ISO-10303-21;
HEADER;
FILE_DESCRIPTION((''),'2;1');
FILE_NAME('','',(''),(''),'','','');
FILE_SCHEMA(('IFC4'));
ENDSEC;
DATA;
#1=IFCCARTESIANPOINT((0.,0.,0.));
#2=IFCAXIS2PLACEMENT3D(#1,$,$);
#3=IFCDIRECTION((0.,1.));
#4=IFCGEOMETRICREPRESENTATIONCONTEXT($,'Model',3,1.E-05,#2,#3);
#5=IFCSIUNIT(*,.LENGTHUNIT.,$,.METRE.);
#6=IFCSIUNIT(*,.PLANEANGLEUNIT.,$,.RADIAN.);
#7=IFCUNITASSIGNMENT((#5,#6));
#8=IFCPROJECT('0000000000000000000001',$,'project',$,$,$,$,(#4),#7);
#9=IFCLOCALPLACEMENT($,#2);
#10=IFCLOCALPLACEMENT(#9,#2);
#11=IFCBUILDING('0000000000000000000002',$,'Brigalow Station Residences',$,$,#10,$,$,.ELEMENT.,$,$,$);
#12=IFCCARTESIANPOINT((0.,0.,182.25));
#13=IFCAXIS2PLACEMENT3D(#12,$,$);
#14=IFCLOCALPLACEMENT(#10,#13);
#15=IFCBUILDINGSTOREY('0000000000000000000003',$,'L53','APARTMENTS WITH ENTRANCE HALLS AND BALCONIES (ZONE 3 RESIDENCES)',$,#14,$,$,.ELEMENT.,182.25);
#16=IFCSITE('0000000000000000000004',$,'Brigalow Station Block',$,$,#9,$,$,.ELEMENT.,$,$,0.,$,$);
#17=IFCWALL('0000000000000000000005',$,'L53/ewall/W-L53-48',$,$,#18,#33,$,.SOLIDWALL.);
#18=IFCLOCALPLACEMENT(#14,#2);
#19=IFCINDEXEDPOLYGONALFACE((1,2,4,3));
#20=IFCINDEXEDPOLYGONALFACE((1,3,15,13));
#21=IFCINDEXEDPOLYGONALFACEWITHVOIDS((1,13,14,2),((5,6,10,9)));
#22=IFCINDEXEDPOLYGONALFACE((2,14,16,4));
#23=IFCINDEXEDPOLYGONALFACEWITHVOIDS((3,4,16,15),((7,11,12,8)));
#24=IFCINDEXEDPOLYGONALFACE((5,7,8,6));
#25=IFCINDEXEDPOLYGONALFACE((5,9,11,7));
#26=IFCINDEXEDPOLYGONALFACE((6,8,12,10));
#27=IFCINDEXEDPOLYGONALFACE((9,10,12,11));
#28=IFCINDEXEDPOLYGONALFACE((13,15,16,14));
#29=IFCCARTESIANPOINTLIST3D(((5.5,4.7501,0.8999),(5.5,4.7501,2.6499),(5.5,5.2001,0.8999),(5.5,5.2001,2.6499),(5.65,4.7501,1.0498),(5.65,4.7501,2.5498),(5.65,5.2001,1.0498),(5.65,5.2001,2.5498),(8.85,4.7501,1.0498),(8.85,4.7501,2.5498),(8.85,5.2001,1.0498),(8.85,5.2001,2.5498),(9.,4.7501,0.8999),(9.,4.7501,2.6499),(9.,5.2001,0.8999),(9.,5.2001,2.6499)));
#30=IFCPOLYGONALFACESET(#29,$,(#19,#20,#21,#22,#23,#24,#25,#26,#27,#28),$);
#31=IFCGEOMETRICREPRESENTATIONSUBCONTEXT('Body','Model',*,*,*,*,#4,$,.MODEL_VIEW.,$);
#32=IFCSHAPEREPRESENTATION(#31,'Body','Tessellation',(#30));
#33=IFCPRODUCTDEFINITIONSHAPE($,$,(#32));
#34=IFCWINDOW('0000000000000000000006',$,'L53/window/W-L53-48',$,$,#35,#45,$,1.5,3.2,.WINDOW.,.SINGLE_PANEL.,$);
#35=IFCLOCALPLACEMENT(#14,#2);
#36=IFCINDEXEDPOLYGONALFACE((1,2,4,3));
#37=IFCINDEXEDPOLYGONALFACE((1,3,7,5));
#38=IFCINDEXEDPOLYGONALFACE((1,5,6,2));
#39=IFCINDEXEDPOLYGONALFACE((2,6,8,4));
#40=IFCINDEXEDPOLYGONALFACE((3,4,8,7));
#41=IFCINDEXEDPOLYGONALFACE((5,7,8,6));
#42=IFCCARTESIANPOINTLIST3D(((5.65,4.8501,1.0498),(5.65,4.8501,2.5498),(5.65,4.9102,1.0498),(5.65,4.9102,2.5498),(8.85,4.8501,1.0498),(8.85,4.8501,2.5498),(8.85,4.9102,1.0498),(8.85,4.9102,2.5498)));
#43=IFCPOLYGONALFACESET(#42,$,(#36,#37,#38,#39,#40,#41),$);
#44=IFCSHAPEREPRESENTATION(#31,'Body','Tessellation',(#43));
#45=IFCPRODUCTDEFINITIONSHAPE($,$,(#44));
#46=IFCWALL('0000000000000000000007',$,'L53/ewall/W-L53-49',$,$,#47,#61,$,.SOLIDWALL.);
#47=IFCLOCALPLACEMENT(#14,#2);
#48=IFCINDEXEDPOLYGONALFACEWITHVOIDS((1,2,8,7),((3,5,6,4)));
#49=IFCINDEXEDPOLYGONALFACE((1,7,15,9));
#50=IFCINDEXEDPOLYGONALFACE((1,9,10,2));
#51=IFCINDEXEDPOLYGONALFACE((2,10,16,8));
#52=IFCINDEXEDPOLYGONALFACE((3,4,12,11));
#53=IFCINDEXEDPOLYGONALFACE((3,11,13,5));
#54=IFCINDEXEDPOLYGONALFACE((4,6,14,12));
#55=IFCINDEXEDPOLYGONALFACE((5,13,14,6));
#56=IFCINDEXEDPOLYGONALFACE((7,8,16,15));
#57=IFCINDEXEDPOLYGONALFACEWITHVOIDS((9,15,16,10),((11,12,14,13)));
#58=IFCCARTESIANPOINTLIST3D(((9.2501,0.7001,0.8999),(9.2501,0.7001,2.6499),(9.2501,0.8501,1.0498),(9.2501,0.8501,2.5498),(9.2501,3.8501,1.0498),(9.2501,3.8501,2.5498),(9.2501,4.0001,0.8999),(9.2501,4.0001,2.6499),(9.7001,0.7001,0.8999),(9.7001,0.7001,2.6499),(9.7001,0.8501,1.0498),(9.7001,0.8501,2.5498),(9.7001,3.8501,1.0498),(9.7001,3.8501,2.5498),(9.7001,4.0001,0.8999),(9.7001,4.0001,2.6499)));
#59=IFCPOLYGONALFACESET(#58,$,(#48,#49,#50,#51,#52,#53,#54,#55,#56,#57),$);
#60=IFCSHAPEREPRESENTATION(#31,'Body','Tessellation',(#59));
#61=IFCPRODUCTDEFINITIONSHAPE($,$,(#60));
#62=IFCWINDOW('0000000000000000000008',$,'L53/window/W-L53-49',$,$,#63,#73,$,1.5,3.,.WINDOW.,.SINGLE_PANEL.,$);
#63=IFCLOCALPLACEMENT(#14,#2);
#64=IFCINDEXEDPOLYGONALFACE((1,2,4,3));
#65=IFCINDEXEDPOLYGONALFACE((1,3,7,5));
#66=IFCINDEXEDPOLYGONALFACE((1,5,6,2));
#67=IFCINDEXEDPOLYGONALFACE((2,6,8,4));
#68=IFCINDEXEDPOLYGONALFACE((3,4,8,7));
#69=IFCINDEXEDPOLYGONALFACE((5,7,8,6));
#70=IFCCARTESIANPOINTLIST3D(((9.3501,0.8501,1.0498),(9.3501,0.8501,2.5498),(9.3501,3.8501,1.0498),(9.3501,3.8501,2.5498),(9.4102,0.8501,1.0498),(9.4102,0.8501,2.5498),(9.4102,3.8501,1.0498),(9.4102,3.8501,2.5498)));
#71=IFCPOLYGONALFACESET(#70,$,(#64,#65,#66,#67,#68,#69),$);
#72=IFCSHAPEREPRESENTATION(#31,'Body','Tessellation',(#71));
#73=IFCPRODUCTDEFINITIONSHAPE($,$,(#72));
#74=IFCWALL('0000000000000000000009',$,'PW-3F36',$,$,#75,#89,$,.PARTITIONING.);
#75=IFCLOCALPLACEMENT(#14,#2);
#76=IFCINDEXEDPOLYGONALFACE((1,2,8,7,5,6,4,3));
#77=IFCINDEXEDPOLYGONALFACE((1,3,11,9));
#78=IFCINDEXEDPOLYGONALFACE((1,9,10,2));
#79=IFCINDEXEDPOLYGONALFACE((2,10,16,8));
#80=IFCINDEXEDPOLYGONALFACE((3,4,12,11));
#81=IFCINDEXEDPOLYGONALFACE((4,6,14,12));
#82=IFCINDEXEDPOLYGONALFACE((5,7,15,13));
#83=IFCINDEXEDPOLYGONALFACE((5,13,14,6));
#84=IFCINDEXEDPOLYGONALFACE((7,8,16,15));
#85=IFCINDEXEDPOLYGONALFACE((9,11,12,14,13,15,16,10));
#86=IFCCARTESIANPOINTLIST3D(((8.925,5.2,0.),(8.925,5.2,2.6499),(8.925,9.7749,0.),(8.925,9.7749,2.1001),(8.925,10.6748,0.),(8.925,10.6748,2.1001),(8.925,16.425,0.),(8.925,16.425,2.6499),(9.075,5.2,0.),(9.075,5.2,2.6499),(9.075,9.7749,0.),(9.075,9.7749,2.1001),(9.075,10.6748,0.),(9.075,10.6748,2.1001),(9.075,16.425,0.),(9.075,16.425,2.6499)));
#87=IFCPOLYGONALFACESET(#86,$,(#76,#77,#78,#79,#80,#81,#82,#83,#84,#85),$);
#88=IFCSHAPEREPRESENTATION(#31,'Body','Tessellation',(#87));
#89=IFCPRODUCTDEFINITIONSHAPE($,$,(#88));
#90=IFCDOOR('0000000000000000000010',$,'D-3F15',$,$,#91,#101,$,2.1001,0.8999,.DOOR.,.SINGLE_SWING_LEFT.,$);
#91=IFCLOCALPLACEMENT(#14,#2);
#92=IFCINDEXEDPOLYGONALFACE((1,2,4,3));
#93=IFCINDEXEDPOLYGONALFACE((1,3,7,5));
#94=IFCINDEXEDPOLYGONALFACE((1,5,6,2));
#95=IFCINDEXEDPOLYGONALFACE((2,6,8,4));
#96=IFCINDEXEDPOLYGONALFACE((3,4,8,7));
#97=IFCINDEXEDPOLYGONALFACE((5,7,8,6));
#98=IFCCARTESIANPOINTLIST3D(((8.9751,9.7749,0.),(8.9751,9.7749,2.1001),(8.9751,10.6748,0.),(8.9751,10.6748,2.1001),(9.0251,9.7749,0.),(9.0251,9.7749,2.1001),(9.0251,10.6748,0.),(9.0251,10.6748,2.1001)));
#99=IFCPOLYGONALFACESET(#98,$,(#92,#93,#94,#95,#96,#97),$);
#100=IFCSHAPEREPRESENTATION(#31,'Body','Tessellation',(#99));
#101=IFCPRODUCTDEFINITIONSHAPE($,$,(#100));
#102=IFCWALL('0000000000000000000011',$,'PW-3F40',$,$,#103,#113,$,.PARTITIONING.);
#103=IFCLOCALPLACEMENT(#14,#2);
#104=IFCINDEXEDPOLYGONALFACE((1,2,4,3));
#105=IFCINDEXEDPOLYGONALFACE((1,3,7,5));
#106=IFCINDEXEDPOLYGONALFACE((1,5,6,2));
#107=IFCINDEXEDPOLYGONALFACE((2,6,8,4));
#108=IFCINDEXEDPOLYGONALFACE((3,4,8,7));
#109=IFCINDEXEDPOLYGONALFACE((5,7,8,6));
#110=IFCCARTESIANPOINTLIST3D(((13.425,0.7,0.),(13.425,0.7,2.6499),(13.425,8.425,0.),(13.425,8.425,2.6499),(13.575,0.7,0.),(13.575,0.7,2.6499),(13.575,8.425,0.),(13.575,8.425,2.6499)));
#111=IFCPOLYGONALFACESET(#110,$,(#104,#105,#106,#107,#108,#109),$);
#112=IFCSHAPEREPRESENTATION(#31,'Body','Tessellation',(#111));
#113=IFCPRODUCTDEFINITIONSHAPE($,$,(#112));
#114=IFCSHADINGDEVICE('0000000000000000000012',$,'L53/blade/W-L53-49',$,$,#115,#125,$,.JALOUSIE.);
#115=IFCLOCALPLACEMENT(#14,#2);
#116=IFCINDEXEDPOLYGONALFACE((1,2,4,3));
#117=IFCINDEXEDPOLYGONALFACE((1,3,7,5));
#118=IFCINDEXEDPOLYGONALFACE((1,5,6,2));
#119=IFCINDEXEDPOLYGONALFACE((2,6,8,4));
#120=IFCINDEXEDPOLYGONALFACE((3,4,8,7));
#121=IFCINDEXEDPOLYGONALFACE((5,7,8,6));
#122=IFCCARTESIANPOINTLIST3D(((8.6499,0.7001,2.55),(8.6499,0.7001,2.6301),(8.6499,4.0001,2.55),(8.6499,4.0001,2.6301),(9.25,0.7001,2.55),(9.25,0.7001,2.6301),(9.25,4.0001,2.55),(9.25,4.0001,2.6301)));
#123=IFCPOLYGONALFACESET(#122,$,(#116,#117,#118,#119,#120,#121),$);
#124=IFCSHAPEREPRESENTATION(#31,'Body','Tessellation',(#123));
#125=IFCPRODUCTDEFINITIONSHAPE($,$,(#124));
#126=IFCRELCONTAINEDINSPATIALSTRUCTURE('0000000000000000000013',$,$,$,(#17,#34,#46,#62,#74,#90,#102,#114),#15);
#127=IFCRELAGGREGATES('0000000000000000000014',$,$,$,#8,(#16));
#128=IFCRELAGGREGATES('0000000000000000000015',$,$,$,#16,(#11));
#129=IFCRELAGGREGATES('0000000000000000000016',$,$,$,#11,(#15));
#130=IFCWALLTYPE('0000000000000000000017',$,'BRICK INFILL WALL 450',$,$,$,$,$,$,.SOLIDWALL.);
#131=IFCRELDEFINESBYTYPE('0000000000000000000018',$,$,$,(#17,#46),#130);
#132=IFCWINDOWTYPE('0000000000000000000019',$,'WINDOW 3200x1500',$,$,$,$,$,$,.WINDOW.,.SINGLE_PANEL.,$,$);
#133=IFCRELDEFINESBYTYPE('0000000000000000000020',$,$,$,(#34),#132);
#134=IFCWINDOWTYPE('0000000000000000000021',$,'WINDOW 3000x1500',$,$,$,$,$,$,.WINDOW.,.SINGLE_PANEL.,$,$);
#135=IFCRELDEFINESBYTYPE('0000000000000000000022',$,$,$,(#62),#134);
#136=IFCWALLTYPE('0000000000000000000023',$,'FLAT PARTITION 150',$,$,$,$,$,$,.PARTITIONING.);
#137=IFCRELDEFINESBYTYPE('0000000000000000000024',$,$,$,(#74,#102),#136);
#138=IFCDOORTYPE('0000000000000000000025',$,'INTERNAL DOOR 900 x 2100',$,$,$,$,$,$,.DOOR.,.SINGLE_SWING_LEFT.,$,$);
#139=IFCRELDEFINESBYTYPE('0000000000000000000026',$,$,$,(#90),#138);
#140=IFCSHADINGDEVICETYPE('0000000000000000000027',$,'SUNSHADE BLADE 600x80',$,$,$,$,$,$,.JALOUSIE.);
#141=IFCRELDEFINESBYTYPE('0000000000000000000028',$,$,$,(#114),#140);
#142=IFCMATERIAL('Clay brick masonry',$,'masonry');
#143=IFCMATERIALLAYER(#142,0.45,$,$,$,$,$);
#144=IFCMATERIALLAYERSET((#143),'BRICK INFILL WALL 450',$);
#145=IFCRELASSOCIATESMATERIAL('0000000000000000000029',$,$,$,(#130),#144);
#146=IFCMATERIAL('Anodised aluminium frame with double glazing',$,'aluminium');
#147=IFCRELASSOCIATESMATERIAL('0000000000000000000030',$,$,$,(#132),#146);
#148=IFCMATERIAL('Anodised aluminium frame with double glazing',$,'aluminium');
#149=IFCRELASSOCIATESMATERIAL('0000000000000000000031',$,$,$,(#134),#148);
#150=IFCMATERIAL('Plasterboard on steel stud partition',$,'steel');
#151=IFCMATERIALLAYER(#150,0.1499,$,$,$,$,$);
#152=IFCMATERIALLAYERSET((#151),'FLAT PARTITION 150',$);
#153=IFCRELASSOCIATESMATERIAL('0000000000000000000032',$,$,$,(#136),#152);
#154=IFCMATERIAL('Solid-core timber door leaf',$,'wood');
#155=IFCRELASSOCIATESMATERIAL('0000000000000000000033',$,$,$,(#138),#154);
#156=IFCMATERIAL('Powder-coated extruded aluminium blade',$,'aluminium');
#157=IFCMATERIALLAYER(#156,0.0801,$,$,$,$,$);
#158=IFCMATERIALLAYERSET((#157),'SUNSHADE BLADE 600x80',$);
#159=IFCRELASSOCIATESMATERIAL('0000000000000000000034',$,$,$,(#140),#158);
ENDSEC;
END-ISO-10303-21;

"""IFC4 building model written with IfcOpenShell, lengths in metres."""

from ifc_helpers import new_model, si_unit, direction, frame, frame_2d, origin, origin_2d, place, context, subcontext, project, spatial, rectangle, extrude, material, layer, layer_set, type_object, element, fill, save


model = new_model("IFC4")

# Units and contexts
model_context = context("Model", 3, precision=1e-05, world=origin(), true_north=direction((0.0, 1.0)))
body_context = subcontext(model_context, "Body", "Model", "MODEL_VIEW")
ifc_project = project(units=[si_unit("LENGTHUNIT", "METRE"), si_unit("PLANEANGLEUNIT", "RADIAN")], contexts=[model_context])

# Site, building, storey
site_placement = place(None, origin())
site = spatial("IfcSite", under=ifc_project, at=site_placement, Name="Brigalow Station Block", CompositionType="ELEMENT", RefElevation=0.0)
building_placement = place(site_placement, origin())
building = spatial("IfcBuilding", under=site, at=building_placement, Name="Brigalow Station Residences", CompositionType="ELEMENT")
storey_placement = place(building_placement, frame((0.0, 0.0, 182.25)))
storey = spatial("IfcBuildingStorey", under=building, at=storey_placement, Name="L53", Description="APARTMENTS WITH ENTRANCE HALLS AND BALCONIES (ZONE 3 RESIDENCES)", CompositionType="ELEMENT", Elevation=182.25)

# Walls, openings, windows
ifc_material_1 = material(Name="Clay brick masonry", Category="masonry")
ifc_layer_1 = layer(ifc_material_1, 0.45)
ifc_layer_set_1 = layer_set([ifc_layer_1], Name="BRICK INFILL WALL 450")
wall_type_1 = type_object("IfcWallType", Name="BRICK INFILL WALL 450", PredefinedType="SOLIDWALL", material=ifc_layer_set_1)
wall_1_placement = place(storey_placement, frame((5.5, 4.9751, 0.8999), z_axis=(0.0, 0.0, 1.0), x_axis=(1.0, 0.0, 0.0)))
wall_1 = element("IfcWall", 1, at=wall_1_placement, inside=storey, type_object=wall_type_1, Name="L53/ewall/W-L53-48", PredefinedType="SOLIDWALL", context=body_context, shape_type="SweptSolid", body=[
    extrude(rectangle(XDim=3.5, YDim=0.45, at=frame_2d((1.75, 0.0))), origin(), (0.0, 0.0, 1.0), 1.75),
])
opening_1_placement = place(wall_1_placement, frame((0.1499, 0.0, 0.1499)))
opening_1 = element("IfcOpeningElement", 2, at=opening_1_placement, cuts=wall_1, PredefinedType="OPENING", context=body_context, shape_type="SweptSolid", body=[
    extrude(rectangle(XDim=3.2, YDim=1.5, at=frame_2d((1.6001, 0.75))), frame((0.0, 0.2349, 0.0), z_axis=(0.0, -1.0, 0.0), x_axis=(1.0, 0.0, 0.0)), (0.0, 0.0, 1.0), 0.47),
])
ifc_material_2 = material(Name="Anodised aluminium frame with double glazing", Category="aluminium")
window_type_1 = type_object("IfcWindowType", Name="WINDOW 3200x1500", PartitioningType="SINGLE_PANEL", PredefinedType="WINDOW", material=ifc_material_2)
window_1_placement = place(opening_1_placement, origin())
window_1 = element("IfcWindow", 3, at=window_1_placement, inside=storey, type_object=window_type_1, Name="L53/window/W-L53-48", OverallHeight=1.5, OverallWidth=3.2, PartitioningType="SINGLE_PANEL", PredefinedType="WINDOW", context=body_context, shape_type="SweptSolid", body=[
    extrude(rectangle(XDim=3.2, YDim=1.5, at=frame_2d((1.6001, 0.75))), frame((0.0, -0.0649, 0.0), z_axis=(0.0, -1.0, 0.0), x_axis=(1.0, 0.0, 0.0)), (0.0, 0.0, 1.0), 0.0601),
])
fill(opening_1, window_1)
wall_2_placement = place(storey_placement, frame((9.4751, 4.0, 0.8999), z_axis=(0.0, 0.0, 1.0), x_axis=(0.0, -1.0, 0.0)))
wall_2 = element("IfcWall", 4, at=wall_2_placement, inside=storey, type_object=wall_type_1, Name="L53/ewall/W-L53-49", PredefinedType="SOLIDWALL", context=body_context, shape_type="SweptSolid", body=[
    extrude(rectangle(XDim=3.3, YDim=0.45, at=frame_2d((1.6499, 0.0))), origin(), (0.0, 0.0, 1.0), 1.75),
])
opening_2_placement = place(wall_2_placement, frame((0.1499, 0.0, 0.1499)))
opening_2 = element("IfcOpeningElement", 5, at=opening_2_placement, cuts=wall_2, PredefinedType="OPENING", context=body_context, shape_type="SweptSolid", body=[
    extrude(rectangle(XDim=3.0, YDim=1.5, at=frame_2d((1.5, 0.75))), frame((0.0, 0.2349, 0.0), z_axis=(0.0, -1.0, 0.0), x_axis=(1.0, 0.0, 0.0)), (0.0, 0.0, 1.0), 0.47),
])
ifc_material_3 = material(Name="Anodised aluminium frame with double glazing", Category="aluminium")
window_type_2 = type_object("IfcWindowType", Name="WINDOW 3000x1500", PartitioningType="SINGLE_PANEL", PredefinedType="WINDOW", material=ifc_material_3)
window_2_placement = place(opening_2_placement, origin())
window_2 = element("IfcWindow", 6, at=window_2_placement, inside=storey, type_object=window_type_2, Name="L53/window/W-L53-49", OverallHeight=1.5, OverallWidth=3.0, PartitioningType="SINGLE_PANEL", PredefinedType="WINDOW", context=body_context, shape_type="SweptSolid", body=[
    extrude(rectangle(XDim=3.0, YDim=1.5, at=frame_2d((1.5, 0.75))), frame((0.0, -0.0649, 0.0), z_axis=(0.0, -1.0, 0.0), x_axis=(1.0, 0.0, 0.0)), (0.0, 0.0, 1.0), 0.0601),
])
fill(opening_2, window_2)

# Wall, opening, door
ifc_material_4 = material(Name="Plasterboard on steel stud partition", Category="steel")
ifc_layer_2 = layer(ifc_material_4, 0.1499)
ifc_layer_set_2 = layer_set([ifc_layer_2], Name="FLAT PARTITION 150")
wall_type_2 = type_object("IfcWallType", Name="FLAT PARTITION 150", PredefinedType="PARTITIONING", material=ifc_layer_set_2)
wall_3_placement = place(storey_placement, frame((9.0, 5.2, 0.0), z_axis=(0.0, 0.0, 1.0), x_axis=(0.0, 1.0, 0.0)))
wall_3 = element("IfcWall", 7, at=wall_3_placement, inside=storey, type_object=wall_type_2, Name="PW-3F36", PredefinedType="PARTITIONING", context=body_context, shape_type="SweptSolid", body=[
    extrude(rectangle(XDim=11.2251, YDim=0.1499, at=frame_2d((5.6125, 0.0))), origin(), (0.0, 0.0, 1.0), 2.6499),
])
opening_3_placement = place(wall_3_placement, frame((4.575, 0.0, 0.0)))
opening_3 = element("IfcOpeningElement", 8, at=opening_3_placement, cuts=wall_3, PredefinedType="OPENING", context=body_context, shape_type="SweptSolid", body=[
    extrude(rectangle(XDim=0.8999, YDim=2.1001, at=frame_2d((0.45, 1.05))), frame((0.0, 0.085, 0.0), z_axis=(0.0, -1.0, 0.0), x_axis=(1.0, 0.0, 0.0)), (0.0, 0.0, 1.0), 0.1699),
])
ifc_material_5 = material(Name="Solid-core timber door leaf", Category="wood")
door_type = type_object("IfcDoorType", Name="INTERNAL DOOR 900 x 2100", OperationType="SINGLE_SWING_LEFT", PredefinedType="DOOR", material=ifc_material_5)
door_placement = place(opening_3_placement, origin())
door = element("IfcDoor", 9, at=door_placement, inside=storey, type_object=door_type, Name="D-3F15", OperationType="SINGLE_SWING_LEFT", OverallHeight=2.1001, OverallWidth=0.8999, PredefinedType="DOOR", context=body_context, shape_type="SweptSolid", body=[
    extrude(rectangle(XDim=0.8999, YDim=2.1001, at=frame_2d((0.45, 1.05))), frame((0.0, 0.0249, 0.0), z_axis=(0.0, -1.0, 0.0), x_axis=(1.0, 0.0, 0.0)), (0.0, 0.0, 1.0), 0.05),
])
fill(opening_3, door)

# Wall
wall_4_placement = place(storey_placement, frame((13.5, 0.7, 0.0), z_axis=(0.0, 0.0, 1.0), x_axis=(0.0, 1.0, 0.0)))
element("IfcWall", 10, at=wall_4_placement, inside=storey, type_object=wall_type_2, Name="PW-3F40", PredefinedType="PARTITIONING", context=body_context, shape_type="SweptSolid", body=[
    extrude(rectangle(XDim=7.7251, YDim=0.1499, at=frame_2d((3.8625, 0.0))), origin(), (0.0, 0.0, 1.0), 2.6499),
])

# Shading device
ifc_material_6 = material(Name="Powder-coated extruded aluminium blade", Category="aluminium")
ifc_layer_3 = layer(ifc_material_6, 0.0801)
ifc_layer_set_3 = layer_set([ifc_layer_3], Name="SUNSHADE BLADE 600x80")
shading_device_type = type_object("IfcShadingDeviceType", Name="SUNSHADE BLADE 600x80", PredefinedType="JALOUSIE", material=ifc_layer_set_3)
shading_device_placement = place(storey_placement, frame((8.95, 2.3501, 2.55), z_axis=(0.0, 0.0, 1.0), x_axis=(0.0, -1.0, 0.0)))
element("IfcShadingDevice", 11, at=shading_device_placement, inside=storey, type_object=shading_device_type, Name="L53/blade/W-L53-49", PredefinedType="JALOUSIE", context=body_context, shape_type="SweptSolid", body=[
    extrude(rectangle(XDim=3.3, YDim=0.6001, at=origin_2d()), origin(), (0.0, 0.0, 1.0), 0.0801),
])

save(model, "model.ifc")
